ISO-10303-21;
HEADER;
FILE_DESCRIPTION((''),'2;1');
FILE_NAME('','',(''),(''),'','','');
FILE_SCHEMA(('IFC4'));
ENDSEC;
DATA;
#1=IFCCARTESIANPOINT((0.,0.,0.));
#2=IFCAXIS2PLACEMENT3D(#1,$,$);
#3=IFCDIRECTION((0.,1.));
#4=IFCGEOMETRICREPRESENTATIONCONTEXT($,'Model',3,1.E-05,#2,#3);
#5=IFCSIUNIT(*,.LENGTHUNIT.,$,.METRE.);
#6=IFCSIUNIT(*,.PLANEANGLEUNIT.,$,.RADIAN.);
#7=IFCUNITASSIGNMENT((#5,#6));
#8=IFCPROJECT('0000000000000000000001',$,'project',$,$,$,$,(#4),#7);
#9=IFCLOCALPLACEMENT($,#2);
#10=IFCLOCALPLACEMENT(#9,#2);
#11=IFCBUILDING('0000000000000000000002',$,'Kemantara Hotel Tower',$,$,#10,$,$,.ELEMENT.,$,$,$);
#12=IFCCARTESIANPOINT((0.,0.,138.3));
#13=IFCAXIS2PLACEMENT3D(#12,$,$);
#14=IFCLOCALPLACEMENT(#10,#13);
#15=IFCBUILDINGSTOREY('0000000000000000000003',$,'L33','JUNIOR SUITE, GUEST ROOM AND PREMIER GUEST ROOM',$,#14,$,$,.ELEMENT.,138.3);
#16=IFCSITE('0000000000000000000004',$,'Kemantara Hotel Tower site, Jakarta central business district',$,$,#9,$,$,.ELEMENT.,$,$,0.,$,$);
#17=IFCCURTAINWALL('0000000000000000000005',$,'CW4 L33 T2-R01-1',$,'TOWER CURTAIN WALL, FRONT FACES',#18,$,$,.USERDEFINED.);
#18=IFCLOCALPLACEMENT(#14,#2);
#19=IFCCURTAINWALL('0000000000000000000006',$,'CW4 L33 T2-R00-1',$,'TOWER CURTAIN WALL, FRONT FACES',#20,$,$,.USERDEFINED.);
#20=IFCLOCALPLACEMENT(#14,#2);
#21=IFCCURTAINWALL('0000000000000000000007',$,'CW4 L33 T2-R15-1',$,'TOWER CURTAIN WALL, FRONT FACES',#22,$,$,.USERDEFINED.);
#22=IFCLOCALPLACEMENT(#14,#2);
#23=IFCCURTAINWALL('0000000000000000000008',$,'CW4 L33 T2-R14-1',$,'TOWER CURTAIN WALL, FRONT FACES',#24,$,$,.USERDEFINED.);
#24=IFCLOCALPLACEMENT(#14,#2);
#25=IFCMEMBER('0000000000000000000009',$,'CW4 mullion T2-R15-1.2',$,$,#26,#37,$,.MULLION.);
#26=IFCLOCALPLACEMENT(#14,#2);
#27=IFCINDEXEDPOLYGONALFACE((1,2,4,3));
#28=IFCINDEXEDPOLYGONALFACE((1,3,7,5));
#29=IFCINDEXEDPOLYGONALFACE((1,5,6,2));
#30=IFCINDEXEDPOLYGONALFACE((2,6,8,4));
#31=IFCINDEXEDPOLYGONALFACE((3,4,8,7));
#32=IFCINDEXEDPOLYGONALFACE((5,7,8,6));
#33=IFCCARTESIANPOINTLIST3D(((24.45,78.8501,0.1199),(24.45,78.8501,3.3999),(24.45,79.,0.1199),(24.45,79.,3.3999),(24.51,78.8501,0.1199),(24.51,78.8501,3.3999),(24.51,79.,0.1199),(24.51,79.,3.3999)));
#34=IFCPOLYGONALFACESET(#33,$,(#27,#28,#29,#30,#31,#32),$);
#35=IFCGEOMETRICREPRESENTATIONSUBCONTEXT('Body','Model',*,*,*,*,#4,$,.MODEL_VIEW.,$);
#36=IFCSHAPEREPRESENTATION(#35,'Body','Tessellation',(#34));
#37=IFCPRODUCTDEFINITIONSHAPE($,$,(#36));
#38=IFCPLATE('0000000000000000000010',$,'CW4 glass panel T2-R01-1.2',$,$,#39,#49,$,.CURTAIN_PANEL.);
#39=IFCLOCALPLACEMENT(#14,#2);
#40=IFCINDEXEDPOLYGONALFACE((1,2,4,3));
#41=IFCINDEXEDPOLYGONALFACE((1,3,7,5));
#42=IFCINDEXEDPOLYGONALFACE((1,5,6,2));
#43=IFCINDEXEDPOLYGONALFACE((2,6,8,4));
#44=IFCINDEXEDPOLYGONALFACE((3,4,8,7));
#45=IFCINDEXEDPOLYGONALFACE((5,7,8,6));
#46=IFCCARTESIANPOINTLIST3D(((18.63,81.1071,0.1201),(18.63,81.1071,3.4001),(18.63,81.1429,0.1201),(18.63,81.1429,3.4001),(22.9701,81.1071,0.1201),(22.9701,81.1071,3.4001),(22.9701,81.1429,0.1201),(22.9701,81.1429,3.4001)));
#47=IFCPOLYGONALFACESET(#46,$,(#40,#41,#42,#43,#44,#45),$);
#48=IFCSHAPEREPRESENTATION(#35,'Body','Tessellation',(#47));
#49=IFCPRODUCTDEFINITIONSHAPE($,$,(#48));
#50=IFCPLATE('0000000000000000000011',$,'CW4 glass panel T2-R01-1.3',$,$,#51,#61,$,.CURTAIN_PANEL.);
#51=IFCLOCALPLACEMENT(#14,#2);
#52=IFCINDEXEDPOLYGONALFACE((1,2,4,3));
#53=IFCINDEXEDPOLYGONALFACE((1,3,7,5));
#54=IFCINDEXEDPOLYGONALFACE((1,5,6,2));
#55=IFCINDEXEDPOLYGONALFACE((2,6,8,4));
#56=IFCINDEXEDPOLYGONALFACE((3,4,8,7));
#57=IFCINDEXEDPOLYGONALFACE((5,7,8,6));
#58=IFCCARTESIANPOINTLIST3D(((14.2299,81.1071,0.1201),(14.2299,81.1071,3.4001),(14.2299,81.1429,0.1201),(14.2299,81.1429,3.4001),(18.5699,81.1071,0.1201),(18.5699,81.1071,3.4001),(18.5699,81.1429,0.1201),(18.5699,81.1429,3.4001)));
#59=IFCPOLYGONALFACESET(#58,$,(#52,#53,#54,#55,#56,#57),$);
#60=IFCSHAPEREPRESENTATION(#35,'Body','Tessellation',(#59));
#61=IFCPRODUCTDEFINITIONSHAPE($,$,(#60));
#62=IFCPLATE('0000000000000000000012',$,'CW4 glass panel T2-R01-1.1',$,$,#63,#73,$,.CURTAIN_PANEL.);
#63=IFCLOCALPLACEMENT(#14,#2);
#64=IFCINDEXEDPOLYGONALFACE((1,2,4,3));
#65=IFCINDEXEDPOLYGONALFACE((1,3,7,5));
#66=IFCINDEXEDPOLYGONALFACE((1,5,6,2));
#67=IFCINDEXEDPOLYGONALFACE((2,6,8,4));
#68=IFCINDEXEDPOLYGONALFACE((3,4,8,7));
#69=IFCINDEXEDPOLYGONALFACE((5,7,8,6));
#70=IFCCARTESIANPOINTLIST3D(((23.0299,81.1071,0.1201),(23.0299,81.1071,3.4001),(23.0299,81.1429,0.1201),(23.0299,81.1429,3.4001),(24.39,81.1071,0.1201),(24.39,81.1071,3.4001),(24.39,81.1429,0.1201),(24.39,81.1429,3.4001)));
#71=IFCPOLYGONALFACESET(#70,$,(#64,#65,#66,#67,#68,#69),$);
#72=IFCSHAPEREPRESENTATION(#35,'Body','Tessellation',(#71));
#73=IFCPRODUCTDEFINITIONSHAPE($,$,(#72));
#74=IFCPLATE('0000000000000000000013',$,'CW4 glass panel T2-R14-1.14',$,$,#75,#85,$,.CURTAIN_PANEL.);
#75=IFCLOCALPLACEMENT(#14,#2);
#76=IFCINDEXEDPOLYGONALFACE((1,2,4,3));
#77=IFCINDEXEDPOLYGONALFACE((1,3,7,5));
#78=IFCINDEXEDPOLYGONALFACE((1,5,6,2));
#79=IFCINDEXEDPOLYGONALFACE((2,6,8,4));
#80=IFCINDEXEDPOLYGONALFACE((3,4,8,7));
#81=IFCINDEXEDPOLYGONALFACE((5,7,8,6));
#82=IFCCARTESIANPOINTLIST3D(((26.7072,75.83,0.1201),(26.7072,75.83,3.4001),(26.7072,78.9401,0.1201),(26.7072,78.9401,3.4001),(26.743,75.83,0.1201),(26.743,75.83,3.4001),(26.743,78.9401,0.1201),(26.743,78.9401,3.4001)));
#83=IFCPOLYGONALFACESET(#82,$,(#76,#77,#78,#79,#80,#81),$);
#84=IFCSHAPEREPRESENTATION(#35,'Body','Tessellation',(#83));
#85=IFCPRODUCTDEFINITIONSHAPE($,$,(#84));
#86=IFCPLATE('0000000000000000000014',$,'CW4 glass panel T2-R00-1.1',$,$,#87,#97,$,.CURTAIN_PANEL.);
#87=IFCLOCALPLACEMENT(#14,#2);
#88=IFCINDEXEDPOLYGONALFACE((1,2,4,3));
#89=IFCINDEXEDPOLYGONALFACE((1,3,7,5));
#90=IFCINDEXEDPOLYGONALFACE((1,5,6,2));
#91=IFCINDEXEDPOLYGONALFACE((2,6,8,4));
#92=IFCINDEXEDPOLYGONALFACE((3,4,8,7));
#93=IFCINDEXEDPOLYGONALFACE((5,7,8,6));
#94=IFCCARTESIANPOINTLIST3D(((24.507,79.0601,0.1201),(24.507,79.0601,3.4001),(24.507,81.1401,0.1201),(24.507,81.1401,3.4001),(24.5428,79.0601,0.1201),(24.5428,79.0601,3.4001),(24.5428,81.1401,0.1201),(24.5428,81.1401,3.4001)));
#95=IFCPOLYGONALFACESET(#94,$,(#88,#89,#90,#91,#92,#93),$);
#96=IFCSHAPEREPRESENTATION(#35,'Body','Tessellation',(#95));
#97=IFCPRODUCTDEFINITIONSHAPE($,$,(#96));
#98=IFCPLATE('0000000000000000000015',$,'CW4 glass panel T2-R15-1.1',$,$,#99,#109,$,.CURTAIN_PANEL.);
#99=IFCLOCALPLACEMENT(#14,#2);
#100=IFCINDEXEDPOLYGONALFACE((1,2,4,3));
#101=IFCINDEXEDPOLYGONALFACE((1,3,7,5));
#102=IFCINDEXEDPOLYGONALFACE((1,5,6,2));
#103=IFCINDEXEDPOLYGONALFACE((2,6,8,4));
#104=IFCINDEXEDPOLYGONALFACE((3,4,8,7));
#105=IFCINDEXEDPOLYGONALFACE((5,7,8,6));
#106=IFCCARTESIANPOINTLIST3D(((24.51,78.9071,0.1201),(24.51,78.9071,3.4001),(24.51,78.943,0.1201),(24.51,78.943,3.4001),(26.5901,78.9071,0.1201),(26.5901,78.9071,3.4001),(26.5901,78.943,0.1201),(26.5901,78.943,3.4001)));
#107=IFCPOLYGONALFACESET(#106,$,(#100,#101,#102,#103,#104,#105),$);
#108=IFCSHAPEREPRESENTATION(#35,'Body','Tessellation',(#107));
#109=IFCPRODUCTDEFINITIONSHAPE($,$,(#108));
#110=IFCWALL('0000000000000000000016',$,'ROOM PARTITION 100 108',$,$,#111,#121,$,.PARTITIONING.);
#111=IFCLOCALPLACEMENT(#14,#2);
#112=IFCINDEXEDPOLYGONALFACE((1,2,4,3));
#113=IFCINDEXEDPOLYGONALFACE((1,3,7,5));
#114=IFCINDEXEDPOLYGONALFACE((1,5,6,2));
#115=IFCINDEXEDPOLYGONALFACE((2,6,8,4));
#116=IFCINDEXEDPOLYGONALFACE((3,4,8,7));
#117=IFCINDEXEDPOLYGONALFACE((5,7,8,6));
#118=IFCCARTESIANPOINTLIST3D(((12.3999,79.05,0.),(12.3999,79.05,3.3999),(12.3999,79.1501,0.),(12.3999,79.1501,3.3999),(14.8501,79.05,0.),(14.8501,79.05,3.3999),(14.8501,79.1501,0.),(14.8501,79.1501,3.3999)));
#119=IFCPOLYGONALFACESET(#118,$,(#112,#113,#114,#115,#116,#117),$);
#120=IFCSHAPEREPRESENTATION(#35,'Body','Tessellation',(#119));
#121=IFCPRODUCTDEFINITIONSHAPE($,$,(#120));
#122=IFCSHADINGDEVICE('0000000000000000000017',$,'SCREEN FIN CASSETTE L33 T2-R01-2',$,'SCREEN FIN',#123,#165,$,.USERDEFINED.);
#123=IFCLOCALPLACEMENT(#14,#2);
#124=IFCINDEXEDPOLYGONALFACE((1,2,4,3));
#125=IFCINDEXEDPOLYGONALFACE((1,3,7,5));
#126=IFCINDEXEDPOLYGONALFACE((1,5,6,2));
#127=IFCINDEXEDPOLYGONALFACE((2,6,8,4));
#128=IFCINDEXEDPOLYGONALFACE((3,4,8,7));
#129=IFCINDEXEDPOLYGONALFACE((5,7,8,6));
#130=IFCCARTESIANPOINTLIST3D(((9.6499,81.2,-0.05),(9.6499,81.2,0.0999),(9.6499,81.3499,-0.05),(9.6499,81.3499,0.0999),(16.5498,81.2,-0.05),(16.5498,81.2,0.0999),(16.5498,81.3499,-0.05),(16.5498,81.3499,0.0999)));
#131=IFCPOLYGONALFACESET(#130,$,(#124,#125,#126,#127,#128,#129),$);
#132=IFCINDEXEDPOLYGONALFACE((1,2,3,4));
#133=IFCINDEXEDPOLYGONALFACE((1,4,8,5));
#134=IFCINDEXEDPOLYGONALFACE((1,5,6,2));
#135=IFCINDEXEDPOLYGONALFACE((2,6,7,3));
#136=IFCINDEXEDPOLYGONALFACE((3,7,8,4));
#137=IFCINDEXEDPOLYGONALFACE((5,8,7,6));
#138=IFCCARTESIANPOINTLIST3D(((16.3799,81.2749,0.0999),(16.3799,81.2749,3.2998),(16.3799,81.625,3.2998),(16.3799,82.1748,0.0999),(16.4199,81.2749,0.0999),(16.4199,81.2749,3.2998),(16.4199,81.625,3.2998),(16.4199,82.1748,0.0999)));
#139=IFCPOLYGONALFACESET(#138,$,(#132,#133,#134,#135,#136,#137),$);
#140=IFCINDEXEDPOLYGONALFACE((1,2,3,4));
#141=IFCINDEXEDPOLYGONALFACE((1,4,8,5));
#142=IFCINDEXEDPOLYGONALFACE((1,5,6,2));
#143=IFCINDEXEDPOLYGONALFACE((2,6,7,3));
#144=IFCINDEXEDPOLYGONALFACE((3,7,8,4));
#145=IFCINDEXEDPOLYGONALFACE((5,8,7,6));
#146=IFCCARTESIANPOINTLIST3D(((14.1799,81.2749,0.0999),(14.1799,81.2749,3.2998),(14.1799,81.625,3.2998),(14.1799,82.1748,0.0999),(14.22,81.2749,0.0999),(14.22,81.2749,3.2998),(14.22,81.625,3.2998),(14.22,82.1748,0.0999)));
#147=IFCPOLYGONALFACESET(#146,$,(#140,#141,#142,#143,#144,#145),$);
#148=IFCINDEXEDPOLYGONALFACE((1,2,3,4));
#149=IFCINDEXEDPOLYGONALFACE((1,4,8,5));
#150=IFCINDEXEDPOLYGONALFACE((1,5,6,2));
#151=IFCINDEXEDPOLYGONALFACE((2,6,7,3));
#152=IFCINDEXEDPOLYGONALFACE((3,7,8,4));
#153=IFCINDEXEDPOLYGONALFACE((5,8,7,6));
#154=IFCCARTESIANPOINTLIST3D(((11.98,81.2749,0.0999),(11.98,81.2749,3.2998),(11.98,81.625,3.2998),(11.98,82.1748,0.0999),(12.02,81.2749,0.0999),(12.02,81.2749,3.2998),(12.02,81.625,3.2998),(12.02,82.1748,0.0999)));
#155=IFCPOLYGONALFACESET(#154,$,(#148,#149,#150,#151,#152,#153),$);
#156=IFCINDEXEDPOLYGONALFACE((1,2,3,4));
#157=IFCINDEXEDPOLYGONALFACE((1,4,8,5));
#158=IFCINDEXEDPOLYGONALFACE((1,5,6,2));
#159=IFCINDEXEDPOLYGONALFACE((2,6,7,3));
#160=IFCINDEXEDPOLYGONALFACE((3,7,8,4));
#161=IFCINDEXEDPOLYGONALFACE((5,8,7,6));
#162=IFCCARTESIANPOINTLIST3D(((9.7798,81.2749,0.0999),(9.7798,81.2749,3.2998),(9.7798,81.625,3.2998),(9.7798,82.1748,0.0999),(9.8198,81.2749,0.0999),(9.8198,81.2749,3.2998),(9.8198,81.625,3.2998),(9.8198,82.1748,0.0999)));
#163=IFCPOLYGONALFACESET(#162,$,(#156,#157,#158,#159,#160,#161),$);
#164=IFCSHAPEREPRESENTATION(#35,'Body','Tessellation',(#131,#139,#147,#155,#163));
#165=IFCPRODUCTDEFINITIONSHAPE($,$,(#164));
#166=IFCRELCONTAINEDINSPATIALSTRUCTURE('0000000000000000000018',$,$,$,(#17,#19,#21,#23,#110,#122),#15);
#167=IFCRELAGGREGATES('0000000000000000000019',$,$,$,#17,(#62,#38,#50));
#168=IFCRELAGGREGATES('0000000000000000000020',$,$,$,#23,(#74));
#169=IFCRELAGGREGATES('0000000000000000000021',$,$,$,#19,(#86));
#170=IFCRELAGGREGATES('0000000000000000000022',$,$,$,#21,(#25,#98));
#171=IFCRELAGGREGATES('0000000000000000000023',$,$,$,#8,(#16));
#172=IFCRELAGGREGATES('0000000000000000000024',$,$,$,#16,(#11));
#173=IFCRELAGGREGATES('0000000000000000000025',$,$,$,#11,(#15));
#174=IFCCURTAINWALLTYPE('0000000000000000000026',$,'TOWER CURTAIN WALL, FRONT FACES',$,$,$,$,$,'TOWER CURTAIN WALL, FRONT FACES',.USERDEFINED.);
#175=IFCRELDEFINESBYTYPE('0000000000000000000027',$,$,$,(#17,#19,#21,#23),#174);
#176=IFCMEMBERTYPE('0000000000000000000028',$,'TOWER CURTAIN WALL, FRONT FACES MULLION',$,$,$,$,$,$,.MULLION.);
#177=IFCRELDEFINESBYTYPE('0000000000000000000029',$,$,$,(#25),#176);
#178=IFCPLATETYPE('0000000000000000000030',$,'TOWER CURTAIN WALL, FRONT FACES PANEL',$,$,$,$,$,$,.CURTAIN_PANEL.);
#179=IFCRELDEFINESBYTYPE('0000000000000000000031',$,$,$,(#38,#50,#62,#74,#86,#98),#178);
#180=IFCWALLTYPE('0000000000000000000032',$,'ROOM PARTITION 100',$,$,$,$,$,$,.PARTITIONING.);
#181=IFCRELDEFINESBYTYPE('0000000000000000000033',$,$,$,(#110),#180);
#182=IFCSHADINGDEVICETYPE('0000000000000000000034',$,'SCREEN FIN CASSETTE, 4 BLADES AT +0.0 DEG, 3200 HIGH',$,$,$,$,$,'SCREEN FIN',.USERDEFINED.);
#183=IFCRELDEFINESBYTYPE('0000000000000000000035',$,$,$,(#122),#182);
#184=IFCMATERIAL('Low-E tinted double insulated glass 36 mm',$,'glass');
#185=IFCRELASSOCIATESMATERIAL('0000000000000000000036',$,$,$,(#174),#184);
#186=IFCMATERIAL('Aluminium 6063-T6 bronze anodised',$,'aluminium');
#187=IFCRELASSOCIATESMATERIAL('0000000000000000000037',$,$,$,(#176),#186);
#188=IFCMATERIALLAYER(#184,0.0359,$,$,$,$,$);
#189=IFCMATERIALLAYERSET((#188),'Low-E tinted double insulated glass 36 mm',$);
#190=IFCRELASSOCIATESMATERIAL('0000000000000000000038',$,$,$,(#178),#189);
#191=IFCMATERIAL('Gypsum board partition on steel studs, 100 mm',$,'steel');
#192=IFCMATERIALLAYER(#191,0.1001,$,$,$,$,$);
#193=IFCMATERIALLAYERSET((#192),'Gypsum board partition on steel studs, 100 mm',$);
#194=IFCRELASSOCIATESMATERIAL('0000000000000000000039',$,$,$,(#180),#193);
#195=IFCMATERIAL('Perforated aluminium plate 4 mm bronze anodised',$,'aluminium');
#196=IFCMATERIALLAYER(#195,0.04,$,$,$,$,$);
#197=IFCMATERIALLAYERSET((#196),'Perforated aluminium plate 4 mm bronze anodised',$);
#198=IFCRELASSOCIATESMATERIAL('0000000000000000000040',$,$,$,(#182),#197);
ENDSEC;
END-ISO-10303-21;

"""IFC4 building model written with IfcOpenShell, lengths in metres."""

from ifc_helpers import new_model, si_unit, direction, frame, frame_2d, origin, origin_2d, place, context, subcontext, project, spatial, polyline, rectangle, outline, extrude, source, transform, mapped, material, layer, layer_set, material_profile, profile_set, type_object, element, aggregate, save


model = new_model("IFC4")

# Units and contexts
model_context = context("Model", 3, precision=1e-05, world=origin(), true_north=direction((0.0, 1.0)))
body_context = subcontext(model_context, "Body", "Model", "MODEL_VIEW")
ifc_project = project(units=[si_unit("LENGTHUNIT", "METRE"), si_unit("PLANEANGLEUNIT", "RADIAN")], contexts=[model_context])

# Site, building, storey
site_placement = place(None, origin())
site = spatial("IfcSite", under=ifc_project, at=site_placement, Name="Kemantara Hotel Tower site, Jakarta central business district", CompositionType="ELEMENT", RefElevation=0.0)
building_placement = place(site_placement, origin())
building = spatial("IfcBuilding", under=site, at=building_placement, Name="Kemantara Hotel Tower", CompositionType="ELEMENT")
storey_placement = place(building_placement, frame((0.0, 0.0, 138.3)))
storey = spatial("IfcBuildingStorey", under=building, at=storey_placement, Name="L33", Description="JUNIOR SUITE, GUEST ROOM AND PREMIER GUEST ROOM", CompositionType="ELEMENT", Elevation=138.3)

# Curtain walls
ifc_material_1 = material(Name="Low-E tinted double insulated glass 36 mm", Category="glass")
curtain_wall_type = type_object("IfcCurtainWallType", Name="TOWER CURTAIN WALL, FRONT FACES", ElementType="TOWER CURTAIN WALL, FRONT FACES", PredefinedType="USERDEFINED", material=ifc_material_1)
curtain_wall_1_placement = place(storey_placement, origin())
curtain_wall_1 = element("IfcCurtainWall", 1, at=curtain_wall_1_placement, inside=storey, type_object=curtain_wall_type, Name="CW4 L33 T2-R01-1", ObjectType="TOWER CURTAIN WALL, FRONT FACES", PredefinedType="USERDEFINED")
ifc_material_2 = material(Name="Aluminium 6063-T6 bronze anodised", Category="aluminium")
curtain_wall_2_placement = place(storey_placement, origin())
curtain_wall_2 = element("IfcCurtainWall", 2, at=curtain_wall_2_placement, inside=storey, type_object=curtain_wall_type, Name="CW4 L33 T2-R00-1", ObjectType="TOWER CURTAIN WALL, FRONT FACES", PredefinedType="USERDEFINED")
curtain_wall_3_placement = place(storey_placement, origin())
curtain_wall_3 = element("IfcCurtainWall", 3, at=curtain_wall_3_placement, inside=storey, type_object=curtain_wall_type, Name="CW4 L33 T2-R15-1", ObjectType="TOWER CURTAIN WALL, FRONT FACES", PredefinedType="USERDEFINED")

# Shared definitions
ifc_material_profile_1 = material_profile(ifc_material_2, rectangle(XDim=0.1499, YDim=0.0601, at=origin_2d()), Name="TOWER CURTAIN WALL, FRONT FACES MULLION")
ifc_profile_set_1 = profile_set([ifc_material_profile_1], Name="Aluminium 6063-T6 bronze anodised")
member_type_1 = type_object("IfcMemberType", Name="TOWER CURTAIN WALL, FRONT FACES MULLION", PredefinedType="MULLION", material=ifc_profile_set_1)
shared_shape_1 = source(origin(), body_context, "Body", "SweptSolid", [
    extrude(rectangle(XDim=0.1499, YDim=0.0601, at=origin_2d()), origin(), (0.0, 0.0, 1.0), 3.28),
])

# Curtain wall
curtain_wall_4_placement = place(storey_placement, origin())
curtain_wall_4 = element("IfcCurtainWall", 4, at=curtain_wall_4_placement, inside=storey, type_object=curtain_wall_type, Name="CW4 L33 T2-R14-1", ObjectType="TOWER CURTAIN WALL, FRONT FACES", PredefinedType="USERDEFINED")

# Member
member_1_placement = place(storey_placement, frame((24.48, 78.925, 0.1199), z_axis=(0.0, 0.0, 1.0), x_axis=(0.0, -1.0, 0.0)))
member_1 = element("IfcMember", 5, at=member_1_placement, type_object=member_type_1, Name="CW4 mullion T2-R15-1.2", PredefinedType="MULLION", context=body_context, shape_type="MappedRepresentation", body=[
    mapped(shared_shape_1, transform((0.0, 0.0, 0.0))),
])

# Plates
ifc_layer_1 = layer(ifc_material_1, 0.0359)
ifc_layer_set_1 = layer_set([ifc_layer_1], Name="Low-E tinted double insulated glass 36 mm")
plate_type = type_object("IfcPlateType", Name="TOWER CURTAIN WALL, FRONT FACES PANEL", PredefinedType="CURTAIN_PANEL", material=ifc_layer_set_1)
shared_shape_2 = source(origin(), body_context, "Body", "SweptSolid", [
    extrude(rectangle(XDim=4.3401, YDim=0.0359, at=origin_2d()), origin(), (0.0, 0.0, 1.0), 3.28),
])
plate_1_placement = place(storey_placement, frame((20.8, 81.125, 0.1201), z_axis=(0.0, 0.0, 1.0), x_axis=(-1.0, 0.0, 0.0)))
plate_1 = element("IfcPlate", 6, at=plate_1_placement, type_object=plate_type, Name="CW4 glass panel T2-R01-1.2", PredefinedType="CURTAIN_PANEL", context=body_context, shape_type="MappedRepresentation", body=[
    mapped(shared_shape_2, transform((0.0, 0.0, 0.0))),
])
plate_2_placement = place(storey_placement, frame((16.3999, 81.125, 0.1201), z_axis=(0.0, 0.0, 1.0), x_axis=(-1.0, 0.0, 0.0)))
plate_2 = element("IfcPlate", 7, at=plate_2_placement, type_object=plate_type, Name="CW4 glass panel T2-R01-1.3", PredefinedType="CURTAIN_PANEL", context=body_context, shape_type="MappedRepresentation", body=[
    mapped(shared_shape_2, transform((0.0, 0.0, 0.0))),
])
shared_shape_3 = source(origin(), body_context, "Body", "SweptSolid", [
    extrude(rectangle(XDim=1.3601, YDim=0.0359, at=origin_2d()), origin(), (0.0, 0.0, 1.0), 3.28),
])
plate_3_placement = place(storey_placement, frame((23.71, 81.125, 0.1201), z_axis=(0.0, 0.0, 1.0), x_axis=(-1.0, 0.0, 0.0)))
plate_3 = element("IfcPlate", 8, at=plate_3_placement, type_object=plate_type, Name="CW4 glass panel T2-R01-1.1", PredefinedType="CURTAIN_PANEL", context=body_context, shape_type="MappedRepresentation", body=[
    mapped(shared_shape_3, transform((0.0, 0.0, 0.0))),
])
aggregate(curtain_wall_1, [plate_3, plate_1, plate_2])
shared_shape_4 = source(origin(), body_context, "Body", "SweptSolid", [
    extrude(rectangle(XDim=3.1101, YDim=0.0359, at=origin_2d()), origin(), (0.0, 0.0, 1.0), 3.28),
])
plate_4_placement = place(storey_placement, frame((26.7251, 77.385, 0.1201), z_axis=(0.0, 0.0, 1.0), x_axis=(0.0, 1.0, 0.0)))
plate_4 = element("IfcPlate", 9, at=plate_4_placement, type_object=plate_type, Name="CW4 glass panel T2-R14-1.14", PredefinedType="CURTAIN_PANEL", context=body_context, shape_type="MappedRepresentation", body=[
    mapped(shared_shape_4, transform((0.0, 0.0, 0.0))),
])
aggregate(curtain_wall_4, [plate_4])
shared_shape_5 = source(origin(), body_context, "Body", "SweptSolid", [
    extrude(rectangle(XDim=2.0801, YDim=0.0359, at=origin_2d()), origin(), (0.0, 0.0, 1.0), 3.28),
])
plate_5_placement = place(storey_placement, frame((24.5249, 80.1001, 0.1201), z_axis=(0.0, 0.0, 1.0), x_axis=(0.0, 1.0, 0.0)))
plate_5 = element("IfcPlate", 10, at=plate_5_placement, type_object=plate_type, Name="CW4 glass panel T2-R00-1.1", PredefinedType="CURTAIN_PANEL", context=body_context, shape_type="MappedRepresentation", body=[
    mapped(shared_shape_5, transform((0.0, 0.0, 0.0))),
])
aggregate(curtain_wall_2, [plate_5])
plate_6_placement = place(storey_placement, frame((25.55, 78.925, 0.1201), z_axis=(0.0, 0.0, 1.0), x_axis=(-1.0, 0.0, 0.0)))
plate_6 = element("IfcPlate", 11, at=plate_6_placement, type_object=plate_type, Name="CW4 glass panel T2-R15-1.1", PredefinedType="CURTAIN_PANEL", context=body_context, shape_type="MappedRepresentation", body=[
    mapped(shared_shape_5, transform((0.0, 0.0, 0.0))),
])
aggregate(curtain_wall_3, [member_1, plate_6])

# Wall
ifc_material_3 = material(Name="Gypsum board partition on steel studs, 100 mm", Category="steel")
ifc_layer_2 = layer(ifc_material_3, 0.1001)
ifc_layer_set_2 = layer_set([ifc_layer_2], Name="Gypsum board partition on steel studs, 100 mm")
wall_type = type_object("IfcWallType", Name="ROOM PARTITION 100", PredefinedType="PARTITIONING", material=ifc_layer_set_2)
wall_placement = place(storey_placement, frame((12.3999, 79.1001, 0.0), z_axis=(0.0, 0.0, 1.0), x_axis=(1.0, 0.0, 0.0)))
element("IfcWall", 12, at=wall_placement, inside=storey, type_object=wall_type, Name="ROOM PARTITION 100 108", PredefinedType="PARTITIONING", context=body_context, shape_type="SweptSolid", body=[
    extrude(rectangle(XDim=2.4502, YDim=0.1001, at=frame_2d((1.2251, 0.0))), origin(), (0.0, 0.0, 1.0), 3.3999),
])

# Shading device
ifc_material_4 = material(Name="Perforated aluminium plate 4 mm bronze anodised", Category="aluminium")
ifc_layer_3 = layer(ifc_material_4, 0.04)
ifc_layer_set_3 = layer_set([ifc_layer_3], Name="Perforated aluminium plate 4 mm bronze anodised")
shading_device_type_1 = type_object("IfcShadingDeviceType", Name="SCREEN FIN CASSETTE, 4 BLADES AT +0.0 DEG, 3200 HIGH", ElementType="SCREEN FIN", PredefinedType="USERDEFINED", material=ifc_layer_set_3)
shared_shape_6 = source(origin(), body_context, "Body", "SweptSolid", [
    extrude(rectangle(XDim=6.8999, YDim=0.1499, at=origin_2d()), frame((3.3, -0.075, -0.1499), z_axis=(0.0, 0.0, 1.0), x_axis=(1.0, 0.0, 0.0)), (0.0, 0.0, 1.0), 0.1499),
    extrude(outline(polyline([(0.0, 0.0), (0.8999, 0.0), (0.3501, 3.2), (0.0, 3.2), (0.0, 0.0)])), frame((0.02, -0.075, 0.0), z_axis=(-1.0, 0.0, 0.0), x_axis=(0.0, -1.0, 0.0)), (0.0, 0.0, 1.0), 0.04),
    extrude(outline(polyline([(0.0, 0.0), (0.8999, 0.0), (0.3501, 3.2), (0.0, 3.2), (0.0, 0.0)])), frame((2.22, -0.075, 0.0), z_axis=(-1.0, 0.0, 0.0), x_axis=(0.0, -1.0, 0.0)), (0.0, 0.0, 1.0), 0.04),
    extrude(outline(polyline([(0.0, 0.0), (0.8999, 0.0), (0.3501, 3.2), (0.0, 3.2), (0.0, 0.0)])), frame((4.4199, -0.075, 0.0), z_axis=(-1.0, 0.0, 0.0), x_axis=(0.0, -1.0, 0.0)), (0.0, 0.0, 1.0), 0.04),
    extrude(outline(polyline([(0.0, 0.0), (0.8999, 0.0), (0.3501, 3.2), (0.0, 3.2), (0.0, 0.0)])), frame((6.6201, -0.075, 0.0), z_axis=(-1.0, 0.0, 0.0), x_axis=(0.0, -1.0, 0.0)), (0.0, 0.0, 1.0), 0.04),
])
shading_device_1_placement = place(storey_placement, frame((16.3999, 81.2, 0.0999), z_axis=(0.0, 0.0, 1.0), x_axis=(-1.0, 0.0, 0.0)))
element("IfcShadingDevice", 13, at=shading_device_1_placement, inside=storey, type_object=shading_device_type_1, Name="SCREEN FIN CASSETTE L33 T2-R01-2", ObjectType="SCREEN FIN", PredefinedType="USERDEFINED", context=body_context, shape_type="MappedRepresentation", body=[
    mapped(shared_shape_6, transform((0.0, 0.0, 0.0))),
])

save(model, "model.ifc")
